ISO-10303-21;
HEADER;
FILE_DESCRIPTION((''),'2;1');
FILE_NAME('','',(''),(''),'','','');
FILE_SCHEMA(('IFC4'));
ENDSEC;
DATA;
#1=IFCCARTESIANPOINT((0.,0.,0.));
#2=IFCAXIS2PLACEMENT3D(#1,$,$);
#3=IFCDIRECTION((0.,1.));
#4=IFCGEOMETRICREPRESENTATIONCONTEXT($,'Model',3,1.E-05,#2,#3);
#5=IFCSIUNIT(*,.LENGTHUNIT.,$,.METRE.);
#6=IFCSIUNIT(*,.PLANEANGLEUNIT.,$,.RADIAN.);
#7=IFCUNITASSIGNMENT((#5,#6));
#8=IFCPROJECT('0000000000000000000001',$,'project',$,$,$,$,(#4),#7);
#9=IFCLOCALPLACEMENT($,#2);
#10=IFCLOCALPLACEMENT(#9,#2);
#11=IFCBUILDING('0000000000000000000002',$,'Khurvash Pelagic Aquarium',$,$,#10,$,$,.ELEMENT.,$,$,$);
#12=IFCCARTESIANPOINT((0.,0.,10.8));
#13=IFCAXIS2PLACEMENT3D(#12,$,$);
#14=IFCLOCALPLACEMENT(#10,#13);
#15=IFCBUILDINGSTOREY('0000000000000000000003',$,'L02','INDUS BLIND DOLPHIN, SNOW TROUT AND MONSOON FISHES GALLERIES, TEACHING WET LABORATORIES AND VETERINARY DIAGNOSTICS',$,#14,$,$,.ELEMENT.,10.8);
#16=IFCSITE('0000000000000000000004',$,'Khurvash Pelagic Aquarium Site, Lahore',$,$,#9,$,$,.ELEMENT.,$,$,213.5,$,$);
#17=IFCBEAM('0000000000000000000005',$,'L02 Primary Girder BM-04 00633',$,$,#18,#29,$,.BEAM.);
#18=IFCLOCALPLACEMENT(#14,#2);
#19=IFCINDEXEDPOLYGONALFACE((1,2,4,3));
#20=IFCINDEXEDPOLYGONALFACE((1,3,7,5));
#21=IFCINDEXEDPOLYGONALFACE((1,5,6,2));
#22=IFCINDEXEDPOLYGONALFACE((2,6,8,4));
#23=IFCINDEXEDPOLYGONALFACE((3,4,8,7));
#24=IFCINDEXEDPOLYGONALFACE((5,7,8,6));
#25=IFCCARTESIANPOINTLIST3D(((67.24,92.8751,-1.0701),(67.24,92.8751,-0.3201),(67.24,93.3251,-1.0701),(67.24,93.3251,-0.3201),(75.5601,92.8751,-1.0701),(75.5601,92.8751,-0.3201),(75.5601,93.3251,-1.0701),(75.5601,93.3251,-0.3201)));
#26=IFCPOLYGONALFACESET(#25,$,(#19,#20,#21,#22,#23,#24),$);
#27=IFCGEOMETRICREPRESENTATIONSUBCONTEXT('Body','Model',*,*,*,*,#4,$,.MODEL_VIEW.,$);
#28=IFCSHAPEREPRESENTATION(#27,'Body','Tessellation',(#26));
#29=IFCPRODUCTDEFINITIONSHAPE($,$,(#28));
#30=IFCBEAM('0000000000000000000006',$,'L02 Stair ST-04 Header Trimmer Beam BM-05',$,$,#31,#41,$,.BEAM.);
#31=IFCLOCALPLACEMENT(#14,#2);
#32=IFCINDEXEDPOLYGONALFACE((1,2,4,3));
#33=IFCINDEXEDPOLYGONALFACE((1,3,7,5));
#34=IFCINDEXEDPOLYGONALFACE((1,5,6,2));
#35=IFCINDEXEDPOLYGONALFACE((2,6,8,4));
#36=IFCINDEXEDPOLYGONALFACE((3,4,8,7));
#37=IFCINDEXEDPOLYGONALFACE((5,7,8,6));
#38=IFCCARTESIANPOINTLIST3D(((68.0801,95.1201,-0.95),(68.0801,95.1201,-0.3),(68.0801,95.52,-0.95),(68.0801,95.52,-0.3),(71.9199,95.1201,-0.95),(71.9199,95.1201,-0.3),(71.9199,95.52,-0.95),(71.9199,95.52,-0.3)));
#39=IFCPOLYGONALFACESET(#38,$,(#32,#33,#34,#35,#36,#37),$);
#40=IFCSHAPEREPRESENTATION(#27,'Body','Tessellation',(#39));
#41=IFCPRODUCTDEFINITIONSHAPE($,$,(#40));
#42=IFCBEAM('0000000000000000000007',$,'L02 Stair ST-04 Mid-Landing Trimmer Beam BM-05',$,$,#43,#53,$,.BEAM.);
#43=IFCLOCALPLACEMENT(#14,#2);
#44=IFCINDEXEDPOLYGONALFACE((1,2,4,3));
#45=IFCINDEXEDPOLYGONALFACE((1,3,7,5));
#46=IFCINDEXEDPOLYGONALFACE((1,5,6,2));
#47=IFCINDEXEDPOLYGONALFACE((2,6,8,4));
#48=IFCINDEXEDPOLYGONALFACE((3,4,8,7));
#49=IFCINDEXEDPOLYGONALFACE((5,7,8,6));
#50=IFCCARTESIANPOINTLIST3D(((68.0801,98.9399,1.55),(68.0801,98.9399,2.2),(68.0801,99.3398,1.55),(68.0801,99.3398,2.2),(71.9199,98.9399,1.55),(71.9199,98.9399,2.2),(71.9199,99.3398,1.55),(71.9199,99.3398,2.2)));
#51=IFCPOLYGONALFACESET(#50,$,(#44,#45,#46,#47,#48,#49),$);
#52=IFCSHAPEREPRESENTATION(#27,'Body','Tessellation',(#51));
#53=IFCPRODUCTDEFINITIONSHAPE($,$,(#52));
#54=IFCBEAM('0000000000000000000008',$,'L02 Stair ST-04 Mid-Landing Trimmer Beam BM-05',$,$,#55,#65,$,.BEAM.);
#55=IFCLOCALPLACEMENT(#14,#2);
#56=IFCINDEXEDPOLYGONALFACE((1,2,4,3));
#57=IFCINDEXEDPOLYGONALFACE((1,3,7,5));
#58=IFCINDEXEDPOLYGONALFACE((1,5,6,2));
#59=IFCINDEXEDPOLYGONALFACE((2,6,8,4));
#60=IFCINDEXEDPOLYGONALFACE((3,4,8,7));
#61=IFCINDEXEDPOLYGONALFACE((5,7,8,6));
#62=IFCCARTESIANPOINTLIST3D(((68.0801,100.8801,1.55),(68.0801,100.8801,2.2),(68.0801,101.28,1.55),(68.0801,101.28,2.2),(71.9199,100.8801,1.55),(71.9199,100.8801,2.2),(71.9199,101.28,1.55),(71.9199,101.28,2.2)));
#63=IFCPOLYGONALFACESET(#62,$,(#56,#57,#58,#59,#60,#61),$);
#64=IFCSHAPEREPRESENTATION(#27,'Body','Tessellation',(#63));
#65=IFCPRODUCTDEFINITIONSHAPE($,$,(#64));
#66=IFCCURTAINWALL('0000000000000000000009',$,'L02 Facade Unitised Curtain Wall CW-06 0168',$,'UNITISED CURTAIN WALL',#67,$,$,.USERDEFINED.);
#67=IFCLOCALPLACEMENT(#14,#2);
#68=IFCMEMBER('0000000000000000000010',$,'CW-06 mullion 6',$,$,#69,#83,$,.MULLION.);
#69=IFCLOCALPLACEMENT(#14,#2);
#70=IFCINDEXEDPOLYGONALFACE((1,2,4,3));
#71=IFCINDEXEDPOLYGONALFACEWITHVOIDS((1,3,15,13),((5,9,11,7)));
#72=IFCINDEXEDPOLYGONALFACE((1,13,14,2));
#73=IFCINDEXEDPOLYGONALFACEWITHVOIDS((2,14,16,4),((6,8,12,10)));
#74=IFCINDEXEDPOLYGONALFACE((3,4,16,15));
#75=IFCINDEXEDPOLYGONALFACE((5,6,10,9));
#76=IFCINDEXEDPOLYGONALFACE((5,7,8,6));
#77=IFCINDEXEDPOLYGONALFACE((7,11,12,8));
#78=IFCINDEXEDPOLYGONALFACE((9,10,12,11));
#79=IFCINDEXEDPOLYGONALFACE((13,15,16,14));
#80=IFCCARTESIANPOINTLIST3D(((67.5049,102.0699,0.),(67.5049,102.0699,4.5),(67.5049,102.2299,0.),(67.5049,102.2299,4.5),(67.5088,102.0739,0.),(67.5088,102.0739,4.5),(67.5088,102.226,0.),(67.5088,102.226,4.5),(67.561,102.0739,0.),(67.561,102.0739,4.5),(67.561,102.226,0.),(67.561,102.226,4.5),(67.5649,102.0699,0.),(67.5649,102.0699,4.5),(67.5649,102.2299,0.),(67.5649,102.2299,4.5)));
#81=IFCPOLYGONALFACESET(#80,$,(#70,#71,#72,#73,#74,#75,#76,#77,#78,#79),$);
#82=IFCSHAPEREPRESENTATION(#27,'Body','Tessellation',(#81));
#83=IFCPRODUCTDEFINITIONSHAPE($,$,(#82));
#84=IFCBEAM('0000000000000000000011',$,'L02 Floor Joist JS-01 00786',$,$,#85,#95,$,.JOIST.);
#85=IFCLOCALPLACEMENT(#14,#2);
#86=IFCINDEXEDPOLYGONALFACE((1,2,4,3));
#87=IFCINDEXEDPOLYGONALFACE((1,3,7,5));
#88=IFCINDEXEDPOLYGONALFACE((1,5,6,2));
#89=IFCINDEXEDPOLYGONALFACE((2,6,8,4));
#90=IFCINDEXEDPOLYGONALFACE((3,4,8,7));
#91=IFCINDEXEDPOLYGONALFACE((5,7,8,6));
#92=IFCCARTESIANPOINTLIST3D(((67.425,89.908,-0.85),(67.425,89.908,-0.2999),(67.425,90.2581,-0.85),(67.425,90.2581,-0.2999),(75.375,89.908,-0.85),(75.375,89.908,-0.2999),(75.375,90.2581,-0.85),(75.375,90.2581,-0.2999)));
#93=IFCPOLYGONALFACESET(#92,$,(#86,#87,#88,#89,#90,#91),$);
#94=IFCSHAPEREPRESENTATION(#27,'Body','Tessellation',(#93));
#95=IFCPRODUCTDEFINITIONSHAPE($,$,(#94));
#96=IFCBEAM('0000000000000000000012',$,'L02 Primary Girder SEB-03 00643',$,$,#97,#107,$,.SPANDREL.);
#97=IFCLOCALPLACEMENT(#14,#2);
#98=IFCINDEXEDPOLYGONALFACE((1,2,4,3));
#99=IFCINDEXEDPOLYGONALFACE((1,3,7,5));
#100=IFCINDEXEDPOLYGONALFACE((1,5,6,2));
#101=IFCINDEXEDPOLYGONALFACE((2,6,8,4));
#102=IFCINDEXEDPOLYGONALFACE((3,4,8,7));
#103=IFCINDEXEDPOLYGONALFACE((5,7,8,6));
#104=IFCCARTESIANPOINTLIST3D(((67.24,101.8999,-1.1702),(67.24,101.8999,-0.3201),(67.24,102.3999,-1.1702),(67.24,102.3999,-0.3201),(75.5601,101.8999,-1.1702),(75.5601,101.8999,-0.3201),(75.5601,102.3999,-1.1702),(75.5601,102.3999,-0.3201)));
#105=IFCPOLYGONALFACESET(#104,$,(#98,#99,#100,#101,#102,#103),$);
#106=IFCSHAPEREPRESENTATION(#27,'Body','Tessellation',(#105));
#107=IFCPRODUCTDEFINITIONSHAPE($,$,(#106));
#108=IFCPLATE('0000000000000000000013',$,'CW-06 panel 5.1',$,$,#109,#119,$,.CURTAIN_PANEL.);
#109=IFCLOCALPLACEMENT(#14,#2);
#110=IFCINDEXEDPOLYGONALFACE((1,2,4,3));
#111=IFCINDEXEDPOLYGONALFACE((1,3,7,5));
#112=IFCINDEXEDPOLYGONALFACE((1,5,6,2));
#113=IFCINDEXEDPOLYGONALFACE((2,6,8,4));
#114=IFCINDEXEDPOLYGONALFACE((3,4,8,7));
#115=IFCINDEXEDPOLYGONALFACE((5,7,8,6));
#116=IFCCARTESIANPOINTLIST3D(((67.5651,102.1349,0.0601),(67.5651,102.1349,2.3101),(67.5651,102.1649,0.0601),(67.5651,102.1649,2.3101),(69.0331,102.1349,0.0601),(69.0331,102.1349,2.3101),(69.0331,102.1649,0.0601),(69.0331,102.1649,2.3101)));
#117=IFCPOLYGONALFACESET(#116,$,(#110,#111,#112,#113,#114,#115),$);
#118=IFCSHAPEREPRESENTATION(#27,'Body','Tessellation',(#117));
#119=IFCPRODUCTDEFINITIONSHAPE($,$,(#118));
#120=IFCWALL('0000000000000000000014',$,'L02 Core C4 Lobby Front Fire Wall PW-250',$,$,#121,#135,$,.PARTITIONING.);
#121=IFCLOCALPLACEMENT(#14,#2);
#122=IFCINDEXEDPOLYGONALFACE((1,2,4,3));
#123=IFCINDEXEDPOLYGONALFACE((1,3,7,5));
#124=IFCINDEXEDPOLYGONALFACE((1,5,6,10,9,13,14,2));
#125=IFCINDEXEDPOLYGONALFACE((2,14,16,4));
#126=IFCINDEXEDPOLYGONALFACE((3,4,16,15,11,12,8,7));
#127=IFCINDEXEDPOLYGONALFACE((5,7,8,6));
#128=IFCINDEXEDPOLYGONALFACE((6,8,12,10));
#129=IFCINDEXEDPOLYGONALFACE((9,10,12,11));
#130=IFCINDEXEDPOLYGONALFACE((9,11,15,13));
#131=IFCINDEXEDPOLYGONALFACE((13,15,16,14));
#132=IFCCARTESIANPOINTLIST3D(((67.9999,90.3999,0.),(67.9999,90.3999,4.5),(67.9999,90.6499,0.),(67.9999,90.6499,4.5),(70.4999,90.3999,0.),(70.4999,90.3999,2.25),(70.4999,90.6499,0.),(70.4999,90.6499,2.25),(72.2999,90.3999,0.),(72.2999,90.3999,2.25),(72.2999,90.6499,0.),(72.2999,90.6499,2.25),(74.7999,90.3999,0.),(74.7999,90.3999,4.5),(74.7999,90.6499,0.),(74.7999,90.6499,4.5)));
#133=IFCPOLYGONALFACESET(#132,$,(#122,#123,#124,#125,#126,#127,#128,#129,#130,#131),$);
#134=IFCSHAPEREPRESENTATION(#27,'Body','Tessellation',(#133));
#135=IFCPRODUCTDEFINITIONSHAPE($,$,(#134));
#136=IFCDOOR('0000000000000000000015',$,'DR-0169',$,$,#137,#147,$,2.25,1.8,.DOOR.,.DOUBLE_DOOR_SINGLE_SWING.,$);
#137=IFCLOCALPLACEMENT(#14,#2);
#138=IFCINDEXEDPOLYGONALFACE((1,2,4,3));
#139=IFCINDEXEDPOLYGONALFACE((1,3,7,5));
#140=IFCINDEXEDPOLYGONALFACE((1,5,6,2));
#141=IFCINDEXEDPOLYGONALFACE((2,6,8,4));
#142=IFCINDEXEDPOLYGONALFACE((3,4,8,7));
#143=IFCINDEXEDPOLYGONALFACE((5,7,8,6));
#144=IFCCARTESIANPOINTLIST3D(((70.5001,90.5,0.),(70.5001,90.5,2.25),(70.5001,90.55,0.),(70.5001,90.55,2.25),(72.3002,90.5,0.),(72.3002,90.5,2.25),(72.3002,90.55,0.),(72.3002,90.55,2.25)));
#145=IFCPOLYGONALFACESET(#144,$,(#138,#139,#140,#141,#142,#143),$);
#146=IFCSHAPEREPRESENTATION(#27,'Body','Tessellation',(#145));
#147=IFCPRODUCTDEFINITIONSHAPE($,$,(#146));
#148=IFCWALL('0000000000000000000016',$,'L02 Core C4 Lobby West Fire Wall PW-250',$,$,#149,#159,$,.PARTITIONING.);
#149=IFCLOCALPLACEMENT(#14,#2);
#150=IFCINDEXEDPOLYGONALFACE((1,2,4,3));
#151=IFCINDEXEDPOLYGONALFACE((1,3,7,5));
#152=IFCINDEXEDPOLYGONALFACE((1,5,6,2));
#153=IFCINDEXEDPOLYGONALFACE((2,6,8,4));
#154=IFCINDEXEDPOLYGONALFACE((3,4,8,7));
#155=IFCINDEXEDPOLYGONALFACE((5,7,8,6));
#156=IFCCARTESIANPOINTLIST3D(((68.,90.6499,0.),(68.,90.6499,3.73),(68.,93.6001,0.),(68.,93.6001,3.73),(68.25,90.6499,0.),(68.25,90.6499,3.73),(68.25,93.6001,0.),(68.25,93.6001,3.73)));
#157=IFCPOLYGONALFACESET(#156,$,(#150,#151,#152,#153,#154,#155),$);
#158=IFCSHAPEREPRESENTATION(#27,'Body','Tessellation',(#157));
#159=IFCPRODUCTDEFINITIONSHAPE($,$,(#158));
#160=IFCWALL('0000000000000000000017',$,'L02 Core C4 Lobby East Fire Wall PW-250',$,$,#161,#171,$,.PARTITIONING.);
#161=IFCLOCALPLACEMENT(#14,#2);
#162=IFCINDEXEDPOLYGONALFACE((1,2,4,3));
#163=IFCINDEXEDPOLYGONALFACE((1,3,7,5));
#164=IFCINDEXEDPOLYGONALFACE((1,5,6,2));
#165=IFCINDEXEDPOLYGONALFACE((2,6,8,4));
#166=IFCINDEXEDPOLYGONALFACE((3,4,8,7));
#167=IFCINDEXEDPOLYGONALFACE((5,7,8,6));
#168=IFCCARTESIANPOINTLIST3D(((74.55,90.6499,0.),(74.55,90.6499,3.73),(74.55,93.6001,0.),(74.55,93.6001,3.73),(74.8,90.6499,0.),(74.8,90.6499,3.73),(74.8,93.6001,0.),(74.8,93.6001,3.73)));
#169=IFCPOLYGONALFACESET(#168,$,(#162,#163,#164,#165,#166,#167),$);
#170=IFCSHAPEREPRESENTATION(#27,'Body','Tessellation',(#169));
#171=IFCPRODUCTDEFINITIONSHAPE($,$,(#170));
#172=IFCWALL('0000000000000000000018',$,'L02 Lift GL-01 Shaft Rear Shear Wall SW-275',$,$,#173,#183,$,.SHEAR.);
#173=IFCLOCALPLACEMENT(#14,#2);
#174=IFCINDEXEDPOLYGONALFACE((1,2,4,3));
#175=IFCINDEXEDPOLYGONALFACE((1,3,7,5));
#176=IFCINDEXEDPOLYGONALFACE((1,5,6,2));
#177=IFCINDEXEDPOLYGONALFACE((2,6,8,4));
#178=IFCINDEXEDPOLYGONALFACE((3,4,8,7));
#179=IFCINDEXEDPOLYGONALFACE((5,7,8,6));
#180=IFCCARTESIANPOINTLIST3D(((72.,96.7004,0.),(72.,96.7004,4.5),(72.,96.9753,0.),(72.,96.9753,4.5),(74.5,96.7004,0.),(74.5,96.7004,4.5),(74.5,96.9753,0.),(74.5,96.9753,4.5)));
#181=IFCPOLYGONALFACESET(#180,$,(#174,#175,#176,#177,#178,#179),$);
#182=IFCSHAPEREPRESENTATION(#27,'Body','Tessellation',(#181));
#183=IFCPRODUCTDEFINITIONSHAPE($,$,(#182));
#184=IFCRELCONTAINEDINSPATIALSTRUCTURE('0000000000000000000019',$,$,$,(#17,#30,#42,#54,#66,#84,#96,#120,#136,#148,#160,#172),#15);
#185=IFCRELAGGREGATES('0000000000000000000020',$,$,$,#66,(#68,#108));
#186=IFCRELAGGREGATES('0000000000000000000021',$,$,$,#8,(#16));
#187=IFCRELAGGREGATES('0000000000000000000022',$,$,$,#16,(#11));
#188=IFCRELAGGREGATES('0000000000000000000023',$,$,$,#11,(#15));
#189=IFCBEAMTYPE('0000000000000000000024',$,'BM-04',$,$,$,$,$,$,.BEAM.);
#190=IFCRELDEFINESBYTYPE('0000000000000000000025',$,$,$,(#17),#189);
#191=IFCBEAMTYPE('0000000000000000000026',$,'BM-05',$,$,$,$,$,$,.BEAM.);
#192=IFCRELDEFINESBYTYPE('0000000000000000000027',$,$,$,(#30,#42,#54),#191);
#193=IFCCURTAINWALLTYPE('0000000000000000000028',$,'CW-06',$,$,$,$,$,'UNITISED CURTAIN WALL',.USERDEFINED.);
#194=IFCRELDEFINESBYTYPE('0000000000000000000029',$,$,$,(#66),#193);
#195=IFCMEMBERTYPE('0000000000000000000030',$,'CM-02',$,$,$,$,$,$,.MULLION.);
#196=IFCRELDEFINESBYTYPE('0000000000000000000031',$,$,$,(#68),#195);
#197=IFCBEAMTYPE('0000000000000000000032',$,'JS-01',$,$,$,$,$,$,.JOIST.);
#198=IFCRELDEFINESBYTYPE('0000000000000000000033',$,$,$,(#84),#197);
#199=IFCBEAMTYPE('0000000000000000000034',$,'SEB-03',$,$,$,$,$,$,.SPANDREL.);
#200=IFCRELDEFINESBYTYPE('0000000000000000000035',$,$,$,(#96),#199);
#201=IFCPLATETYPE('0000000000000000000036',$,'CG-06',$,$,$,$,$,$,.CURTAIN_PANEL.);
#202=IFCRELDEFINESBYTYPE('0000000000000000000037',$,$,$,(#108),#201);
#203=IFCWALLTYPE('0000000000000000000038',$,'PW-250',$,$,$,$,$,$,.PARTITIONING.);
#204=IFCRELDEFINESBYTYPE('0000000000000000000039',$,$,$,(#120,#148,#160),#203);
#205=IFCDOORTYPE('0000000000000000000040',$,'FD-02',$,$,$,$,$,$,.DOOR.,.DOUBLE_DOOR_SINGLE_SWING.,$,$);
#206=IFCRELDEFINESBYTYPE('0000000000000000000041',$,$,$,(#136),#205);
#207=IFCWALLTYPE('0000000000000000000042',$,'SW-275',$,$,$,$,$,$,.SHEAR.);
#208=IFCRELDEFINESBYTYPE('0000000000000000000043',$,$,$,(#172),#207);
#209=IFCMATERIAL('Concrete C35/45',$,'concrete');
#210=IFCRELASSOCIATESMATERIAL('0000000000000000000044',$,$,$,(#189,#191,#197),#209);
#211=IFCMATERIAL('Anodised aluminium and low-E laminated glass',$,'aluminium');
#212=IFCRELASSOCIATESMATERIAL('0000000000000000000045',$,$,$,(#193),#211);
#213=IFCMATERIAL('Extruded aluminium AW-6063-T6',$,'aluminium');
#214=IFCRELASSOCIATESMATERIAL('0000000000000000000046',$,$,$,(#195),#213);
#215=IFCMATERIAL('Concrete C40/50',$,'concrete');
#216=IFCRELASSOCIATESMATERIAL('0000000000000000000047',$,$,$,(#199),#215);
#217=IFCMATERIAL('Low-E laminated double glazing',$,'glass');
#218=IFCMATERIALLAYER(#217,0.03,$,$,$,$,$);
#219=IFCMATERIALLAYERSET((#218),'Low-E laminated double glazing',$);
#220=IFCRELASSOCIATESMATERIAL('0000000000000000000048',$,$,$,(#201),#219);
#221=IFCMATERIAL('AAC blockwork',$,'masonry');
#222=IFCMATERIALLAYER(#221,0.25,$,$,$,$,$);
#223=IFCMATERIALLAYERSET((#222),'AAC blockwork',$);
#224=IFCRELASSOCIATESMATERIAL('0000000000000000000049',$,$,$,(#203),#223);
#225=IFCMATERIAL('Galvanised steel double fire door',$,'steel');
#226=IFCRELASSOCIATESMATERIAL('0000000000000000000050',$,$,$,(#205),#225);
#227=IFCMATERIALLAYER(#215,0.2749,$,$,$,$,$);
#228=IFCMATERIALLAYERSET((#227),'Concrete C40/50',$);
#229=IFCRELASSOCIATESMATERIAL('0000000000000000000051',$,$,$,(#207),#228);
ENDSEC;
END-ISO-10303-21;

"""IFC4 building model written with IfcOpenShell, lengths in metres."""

from ifc_helpers import new_model, si_unit, direction, frame, frame_2d, origin, origin_2d, place, context, subcontext, project, spatial, rectangle, hollow_rectangle, extrude, material, layer, layer_set, material_profile, profile_set, type_object, element, fill, aggregate, save


model = new_model("IFC4")

# Units and contexts
model_context = context("Model", 3, precision=1e-05, world=origin(), true_north=direction((0.0, 1.0)))
body_context = subcontext(model_context, "Body", "Model", "MODEL_VIEW")
ifc_project = project(units=[si_unit("LENGTHUNIT", "METRE"), si_unit("PLANEANGLEUNIT", "RADIAN")], contexts=[model_context])

# Site, building, storey
site_placement = place(None, origin())
site = spatial("IfcSite", under=ifc_project, at=site_placement, Name="Khurvash Pelagic Aquarium Site, Lahore", CompositionType="ELEMENT", RefElevation=213.5)
building_placement = place(site_placement, origin())
building = spatial("IfcBuilding", under=site, at=building_placement, Name="Khurvash Pelagic Aquarium", CompositionType="ELEMENT")
storey_placement = place(building_placement, frame((0.0, 0.0, 10.8)))
storey = spatial("IfcBuildingStorey", under=building, at=storey_placement, Name="L02", Description="INDUS BLIND DOLPHIN, SNOW TROUT AND MONSOON FISHES GALLERIES, TEACHING WET LABORATORIES AND VETERINARY DIAGNOSTICS", CompositionType="ELEMENT", Elevation=10.8)

# Beams
ifc_material_1 = material(Name="Concrete C35/45", Category="concrete")
ifc_material_profile_1 = material_profile(ifc_material_1, rectangle(XDim=0.45, YDim=0.75, at=origin_2d()), Name="RC450X750")
ifc_profile_set_1 = profile_set([ifc_material_profile_1], Name="Concrete C35/45")
beam_type_1 = type_object("IfcBeamType", Name="BM-04", PredefinedType="BEAM", material=ifc_profile_set_1)
beam_1_placement = place(storey_placement, frame((67.24, 93.1001, -0.6951), z_axis=(1.0, 0.0, 0.0), x_axis=(0.0, 1.0, 0.0)))
element("IfcBeam", 1, at=beam_1_placement, inside=storey, type_object=beam_type_1, Name="L02 Primary Girder BM-04 00633", PredefinedType="BEAM", context=body_context, shape_type="SweptSolid", body=[
    extrude(rectangle(XDim=0.45, YDim=0.75, at=origin_2d()), origin(), (0.0, 0.0, 1.0), 8.3201),
])
ifc_material_profile_2 = material_profile(ifc_material_1, rectangle(XDim=0.3999, YDim=0.6499, at=origin_2d()), Name="RC400X650")
ifc_profile_set_2 = profile_set([ifc_material_profile_2], Name="Concrete C35/45")
beam_type_2 = type_object("IfcBeamType", Name="BM-05", PredefinedType="BEAM", material=ifc_profile_set_2)
for number, where, z_axis, x_axis, name in (
    (2, (68.0801, 95.3201, -0.625), (1.0, 0.0, 0.0), (0.0, 1.0, 0.0), "L02 Stair ST-04 Header Trimmer Beam BM-05"),
    (3, (68.0801, 99.1399, 1.875), (1.0, 0.0, 0.0), (0.0, 1.0, 0.0), "L02 Stair ST-04 Mid-Landing Trimmer Beam BM-05"),
    (4, (68.0801, 101.0801, 1.875), (1.0, 0.0, 0.0), (0.0, 1.0, 0.0), "L02 Stair ST-04 Mid-Landing Trimmer Beam BM-05"),
):
    element("IfcBeam", number, at=place(storey_placement, frame(where, z_axis=z_axis, x_axis=x_axis)), inside=storey, type_object=beam_type_2, Name=name, PredefinedType="BEAM", context=body_context, shape_type="SweptSolid", body=[
        extrude(rectangle(XDim=0.3999, YDim=0.6499, at=origin_2d()), origin(), (0.0, 0.0, 1.0), 3.8398),
    ])

# Curtain wall, member
ifc_material_2 = material(Name="Anodised aluminium and low-E laminated glass", Category="aluminium")
curtain_wall_type = type_object("IfcCurtainWallType", Name="CW-06", ElementType="UNITISED CURTAIN WALL", PredefinedType="USERDEFINED", material=ifc_material_2)
curtain_wall_placement = place(storey_placement, origin())
curtain_wall = element("IfcCurtainWall", 5, at=curtain_wall_placement, inside=storey, type_object=curtain_wall_type, Name="L02 Facade Unitised Curtain Wall CW-06 0168", ObjectType="UNITISED CURTAIN WALL", PredefinedType="USERDEFINED")
ifc_material_3 = material(Name="Extruded aluminium AW-6063-T6", Category="aluminium")
ifc_material_profile_3 = material_profile(ifc_material_3, hollow_rectangle(XDim=0.0601, YDim=0.1599, WallThickness=0.0039, at=origin_2d()), Name="CWM60X160X4")
ifc_profile_set_3 = profile_set([ifc_material_profile_3], Name="Extruded aluminium AW-6063-T6")
member_type = type_object("IfcMemberType", Name="CM-02", PredefinedType="MULLION", material=ifc_profile_set_3)
member_placement = place(storey_placement, frame((67.5349, 102.1499, 0.0), z_axis=(0.0, 0.0, 1.0), x_axis=(-1.0, 0.0, 0.0)))
member = element("IfcMember", 6, at=member_placement, type_object=member_type, Name="CW-06 mullion 6", PredefinedType="MULLION", context=body_context, shape_type="SweptSolid", body=[
    extrude(hollow_rectangle(XDim=0.0601, YDim=0.1599, WallThickness=0.0039, at=origin_2d()), origin(), (0.0, 0.0, 1.0), 4.5),
])

# Beams
ifc_material_profile_4 = material_profile(ifc_material_1, rectangle(XDim=0.3501, YDim=0.55, at=origin_2d()), Name="RC350X550")
ifc_profile_set_4 = profile_set([ifc_material_profile_4], Name="Concrete C35/45")
beam_type_3 = type_object("IfcBeamType", Name="JS-01", PredefinedType="JOIST", material=ifc_profile_set_4)
beam_2_placement = place(storey_placement, frame((67.425, 90.083, -0.575), z_axis=(1.0, 0.0, 0.0), x_axis=(0.0, 1.0, 0.0)))
element("IfcBeam", 7, at=beam_2_placement, inside=storey, type_object=beam_type_3, Name="L02 Floor Joist JS-01 00786", PredefinedType="JOIST", context=body_context, shape_type="SweptSolid", body=[
    extrude(rectangle(XDim=0.3501, YDim=0.55, at=origin_2d()), origin(), (0.0, 0.0, 1.0), 7.95),
])
ifc_material_4 = material(Name="Concrete C40/50", Category="concrete")
ifc_material_profile_5 = material_profile(ifc_material_4, rectangle(XDim=0.5, YDim=0.8501, at=origin_2d()), Name="RC500X850")
ifc_profile_set_5 = profile_set([ifc_material_profile_5], Name="Concrete C40/50")
beam_type_4 = type_object("IfcBeamType", Name="SEB-03", PredefinedType="SPANDREL", material=ifc_profile_set_5)
beam_3_placement = place(storey_placement, frame((67.24, 102.1499, -0.7451), z_axis=(1.0, 0.0, 0.0), x_axis=(0.0, 1.0, 0.0)))
element("IfcBeam", 8, at=beam_3_placement, inside=storey, type_object=beam_type_4, Name="L02 Primary Girder SEB-03 00643", PredefinedType="SPANDREL", context=body_context, shape_type="SweptSolid", body=[
    extrude(rectangle(XDim=0.5, YDim=0.8501, at=origin_2d()), origin(), (0.0, 0.0, 1.0), 8.3201),
])

# Plate
ifc_material_5 = material(Name="Low-E laminated double glazing", Category="glass")
ifc_layer_1 = layer(ifc_material_5, 0.03)
ifc_layer_set_1 = layer_set([ifc_layer_1], Name="Low-E laminated double glazing")
plate_type = type_object("IfcPlateType", Name="CG-06", PredefinedType="CURTAIN_PANEL", material=ifc_layer_set_1)
plate_placement = place(storey_placement, frame((68.2991, 102.1499, 0.0601), z_axis=(0.0, 0.0, 1.0), x_axis=(-1.0, 0.0, 0.0)))
plate = element("IfcPlate", 9, at=plate_placement, type_object=plate_type, Name="CW-06 panel 5.1", PredefinedType="CURTAIN_PANEL", context=body_context, shape_type="SweptSolid", body=[
    extrude(rectangle(XDim=1.468, YDim=0.03, at=origin_2d()), origin(), (0.0, 0.0, 1.0), 2.25),
])
aggregate(curtain_wall, [member, plate])

# Wall, opening, door
ifc_material_6 = material(Name="AAC blockwork", Category="masonry")
ifc_layer_2 = layer(ifc_material_6, 0.25)
ifc_layer_set_2 = layer_set([ifc_layer_2], Name="AAC blockwork")
wall_type_1 = type_object("IfcWallType", Name="PW-250", PredefinedType="PARTITIONING", material=ifc_layer_set_2)
wall_1_placement = place(storey_placement, frame((68.0, 90.5249, 0.0), z_axis=(0.0, 0.0, 1.0), x_axis=(1.0, 0.0, 0.0)))
wall_1 = element("IfcWall", 10, at=wall_1_placement, inside=storey, type_object=wall_type_1, Name="L02 Core C4 Lobby Front Fire Wall PW-250", PredefinedType="PARTITIONING", context=body_context, shape_type="SweptSolid", body=[
    extrude(rectangle(XDim=6.8, YDim=0.25, at=frame_2d((3.3999, 0.0))), origin(), (0.0, 0.0, 1.0), 4.5),
])
opening_1_placement = place(wall_1_placement, frame((2.5, 0.0, 0.0)))
opening_1 = element("IfcOpeningElement", 11, at=opening_1_placement, cuts=wall_1, PredefinedType="OPENING", context=body_context, shape_type="SweptSolid", body=[
    extrude(rectangle(XDim=1.8, YDim=2.25, at=frame_2d((0.8999, 1.125))), frame((0.0, 0.135, 0.0), z_axis=(0.0, -1.0, 0.0), x_axis=(1.0, 0.0, 0.0)), (0.0, 0.0, 1.0), 0.27),
])
ifc_material_7 = material(Name="Galvanised steel double fire door", Category="steel")
door_type_1 = type_object("IfcDoorType", Name="FD-02", OperationType="DOUBLE_DOOR_SINGLE_SWING", PredefinedType="DOOR", material=ifc_material_7)
door_1_placement = place(opening_1_placement, frame((1.8, 0.0, 0.0), z_axis=(0.0, 0.0, 1.0), x_axis=(-1.0, 0.0, 0.0)))
door_1 = element("IfcDoor", 12, at=door_1_placement, inside=storey, type_object=door_type_1, Name="DR-0169", OperationType="DOUBLE_DOOR_SINGLE_SWING", OverallHeight=2.25, OverallWidth=1.8, PredefinedType="DOOR", context=body_context, shape_type="SweptSolid", body=[
    extrude(rectangle(XDim=1.8, YDim=2.25, at=frame_2d((0.8999, 1.125))), frame((0.0, 0.0249, 0.0), z_axis=(0.0, -1.0, 0.0), x_axis=(1.0, 0.0, 0.0)), (0.0, 0.0, 1.0), 0.05),
])
fill(opening_1, door_1)

# Walls
for number, where, z_axis, x_axis, name in (
    (13, (68.125, 90.6499, 0.0), (0.0, 0.0, 1.0), (0.0, 1.0, 0.0), "L02 Core C4 Lobby West Fire Wall PW-250"),
    (14, (74.675, 90.6499, 0.0), (0.0, 0.0, 1.0), (0.0, 1.0, 0.0), "L02 Core C4 Lobby East Fire Wall PW-250"),
):
    element("IfcWall", number, at=place(storey_placement, frame(where, z_axis=z_axis, x_axis=x_axis)), inside=storey, type_object=wall_type_1, Name=name, PredefinedType="PARTITIONING", context=body_context, shape_type="SweptSolid", body=[
        extrude(rectangle(XDim=2.9502, YDim=0.25, at=frame_2d((1.4751, 0.0))), origin(), (0.0, 0.0, 1.0), 3.73),
    ])
ifc_layer_3 = layer(ifc_material_4, 0.2749)
ifc_layer_set_3 = layer_set([ifc_layer_3], Name="Concrete C40/50")
wall_type_2 = type_object("IfcWallType", Name="SW-275", PredefinedType="SHEAR", material=ifc_layer_set_3)
wall_2_placement = place(storey_placement, frame((72.0, 96.8379, 0.0), z_axis=(0.0, 0.0, 1.0), x_axis=(1.0, 0.0, 0.0)))
element("IfcWall", 15, at=wall_2_placement, inside=storey, type_object=wall_type_2, Name="L02 Lift GL-01 Shaft Rear Shear Wall SW-275", PredefinedType="SHEAR", context=body_context, shape_type="SweptSolid", body=[
    extrude(rectangle(XDim=2.5, YDim=0.2749, at=frame_2d((1.25, 0.0))), origin(), (0.0, 0.0, 1.0), 4.5),
])

save(model, "model.ifc")
